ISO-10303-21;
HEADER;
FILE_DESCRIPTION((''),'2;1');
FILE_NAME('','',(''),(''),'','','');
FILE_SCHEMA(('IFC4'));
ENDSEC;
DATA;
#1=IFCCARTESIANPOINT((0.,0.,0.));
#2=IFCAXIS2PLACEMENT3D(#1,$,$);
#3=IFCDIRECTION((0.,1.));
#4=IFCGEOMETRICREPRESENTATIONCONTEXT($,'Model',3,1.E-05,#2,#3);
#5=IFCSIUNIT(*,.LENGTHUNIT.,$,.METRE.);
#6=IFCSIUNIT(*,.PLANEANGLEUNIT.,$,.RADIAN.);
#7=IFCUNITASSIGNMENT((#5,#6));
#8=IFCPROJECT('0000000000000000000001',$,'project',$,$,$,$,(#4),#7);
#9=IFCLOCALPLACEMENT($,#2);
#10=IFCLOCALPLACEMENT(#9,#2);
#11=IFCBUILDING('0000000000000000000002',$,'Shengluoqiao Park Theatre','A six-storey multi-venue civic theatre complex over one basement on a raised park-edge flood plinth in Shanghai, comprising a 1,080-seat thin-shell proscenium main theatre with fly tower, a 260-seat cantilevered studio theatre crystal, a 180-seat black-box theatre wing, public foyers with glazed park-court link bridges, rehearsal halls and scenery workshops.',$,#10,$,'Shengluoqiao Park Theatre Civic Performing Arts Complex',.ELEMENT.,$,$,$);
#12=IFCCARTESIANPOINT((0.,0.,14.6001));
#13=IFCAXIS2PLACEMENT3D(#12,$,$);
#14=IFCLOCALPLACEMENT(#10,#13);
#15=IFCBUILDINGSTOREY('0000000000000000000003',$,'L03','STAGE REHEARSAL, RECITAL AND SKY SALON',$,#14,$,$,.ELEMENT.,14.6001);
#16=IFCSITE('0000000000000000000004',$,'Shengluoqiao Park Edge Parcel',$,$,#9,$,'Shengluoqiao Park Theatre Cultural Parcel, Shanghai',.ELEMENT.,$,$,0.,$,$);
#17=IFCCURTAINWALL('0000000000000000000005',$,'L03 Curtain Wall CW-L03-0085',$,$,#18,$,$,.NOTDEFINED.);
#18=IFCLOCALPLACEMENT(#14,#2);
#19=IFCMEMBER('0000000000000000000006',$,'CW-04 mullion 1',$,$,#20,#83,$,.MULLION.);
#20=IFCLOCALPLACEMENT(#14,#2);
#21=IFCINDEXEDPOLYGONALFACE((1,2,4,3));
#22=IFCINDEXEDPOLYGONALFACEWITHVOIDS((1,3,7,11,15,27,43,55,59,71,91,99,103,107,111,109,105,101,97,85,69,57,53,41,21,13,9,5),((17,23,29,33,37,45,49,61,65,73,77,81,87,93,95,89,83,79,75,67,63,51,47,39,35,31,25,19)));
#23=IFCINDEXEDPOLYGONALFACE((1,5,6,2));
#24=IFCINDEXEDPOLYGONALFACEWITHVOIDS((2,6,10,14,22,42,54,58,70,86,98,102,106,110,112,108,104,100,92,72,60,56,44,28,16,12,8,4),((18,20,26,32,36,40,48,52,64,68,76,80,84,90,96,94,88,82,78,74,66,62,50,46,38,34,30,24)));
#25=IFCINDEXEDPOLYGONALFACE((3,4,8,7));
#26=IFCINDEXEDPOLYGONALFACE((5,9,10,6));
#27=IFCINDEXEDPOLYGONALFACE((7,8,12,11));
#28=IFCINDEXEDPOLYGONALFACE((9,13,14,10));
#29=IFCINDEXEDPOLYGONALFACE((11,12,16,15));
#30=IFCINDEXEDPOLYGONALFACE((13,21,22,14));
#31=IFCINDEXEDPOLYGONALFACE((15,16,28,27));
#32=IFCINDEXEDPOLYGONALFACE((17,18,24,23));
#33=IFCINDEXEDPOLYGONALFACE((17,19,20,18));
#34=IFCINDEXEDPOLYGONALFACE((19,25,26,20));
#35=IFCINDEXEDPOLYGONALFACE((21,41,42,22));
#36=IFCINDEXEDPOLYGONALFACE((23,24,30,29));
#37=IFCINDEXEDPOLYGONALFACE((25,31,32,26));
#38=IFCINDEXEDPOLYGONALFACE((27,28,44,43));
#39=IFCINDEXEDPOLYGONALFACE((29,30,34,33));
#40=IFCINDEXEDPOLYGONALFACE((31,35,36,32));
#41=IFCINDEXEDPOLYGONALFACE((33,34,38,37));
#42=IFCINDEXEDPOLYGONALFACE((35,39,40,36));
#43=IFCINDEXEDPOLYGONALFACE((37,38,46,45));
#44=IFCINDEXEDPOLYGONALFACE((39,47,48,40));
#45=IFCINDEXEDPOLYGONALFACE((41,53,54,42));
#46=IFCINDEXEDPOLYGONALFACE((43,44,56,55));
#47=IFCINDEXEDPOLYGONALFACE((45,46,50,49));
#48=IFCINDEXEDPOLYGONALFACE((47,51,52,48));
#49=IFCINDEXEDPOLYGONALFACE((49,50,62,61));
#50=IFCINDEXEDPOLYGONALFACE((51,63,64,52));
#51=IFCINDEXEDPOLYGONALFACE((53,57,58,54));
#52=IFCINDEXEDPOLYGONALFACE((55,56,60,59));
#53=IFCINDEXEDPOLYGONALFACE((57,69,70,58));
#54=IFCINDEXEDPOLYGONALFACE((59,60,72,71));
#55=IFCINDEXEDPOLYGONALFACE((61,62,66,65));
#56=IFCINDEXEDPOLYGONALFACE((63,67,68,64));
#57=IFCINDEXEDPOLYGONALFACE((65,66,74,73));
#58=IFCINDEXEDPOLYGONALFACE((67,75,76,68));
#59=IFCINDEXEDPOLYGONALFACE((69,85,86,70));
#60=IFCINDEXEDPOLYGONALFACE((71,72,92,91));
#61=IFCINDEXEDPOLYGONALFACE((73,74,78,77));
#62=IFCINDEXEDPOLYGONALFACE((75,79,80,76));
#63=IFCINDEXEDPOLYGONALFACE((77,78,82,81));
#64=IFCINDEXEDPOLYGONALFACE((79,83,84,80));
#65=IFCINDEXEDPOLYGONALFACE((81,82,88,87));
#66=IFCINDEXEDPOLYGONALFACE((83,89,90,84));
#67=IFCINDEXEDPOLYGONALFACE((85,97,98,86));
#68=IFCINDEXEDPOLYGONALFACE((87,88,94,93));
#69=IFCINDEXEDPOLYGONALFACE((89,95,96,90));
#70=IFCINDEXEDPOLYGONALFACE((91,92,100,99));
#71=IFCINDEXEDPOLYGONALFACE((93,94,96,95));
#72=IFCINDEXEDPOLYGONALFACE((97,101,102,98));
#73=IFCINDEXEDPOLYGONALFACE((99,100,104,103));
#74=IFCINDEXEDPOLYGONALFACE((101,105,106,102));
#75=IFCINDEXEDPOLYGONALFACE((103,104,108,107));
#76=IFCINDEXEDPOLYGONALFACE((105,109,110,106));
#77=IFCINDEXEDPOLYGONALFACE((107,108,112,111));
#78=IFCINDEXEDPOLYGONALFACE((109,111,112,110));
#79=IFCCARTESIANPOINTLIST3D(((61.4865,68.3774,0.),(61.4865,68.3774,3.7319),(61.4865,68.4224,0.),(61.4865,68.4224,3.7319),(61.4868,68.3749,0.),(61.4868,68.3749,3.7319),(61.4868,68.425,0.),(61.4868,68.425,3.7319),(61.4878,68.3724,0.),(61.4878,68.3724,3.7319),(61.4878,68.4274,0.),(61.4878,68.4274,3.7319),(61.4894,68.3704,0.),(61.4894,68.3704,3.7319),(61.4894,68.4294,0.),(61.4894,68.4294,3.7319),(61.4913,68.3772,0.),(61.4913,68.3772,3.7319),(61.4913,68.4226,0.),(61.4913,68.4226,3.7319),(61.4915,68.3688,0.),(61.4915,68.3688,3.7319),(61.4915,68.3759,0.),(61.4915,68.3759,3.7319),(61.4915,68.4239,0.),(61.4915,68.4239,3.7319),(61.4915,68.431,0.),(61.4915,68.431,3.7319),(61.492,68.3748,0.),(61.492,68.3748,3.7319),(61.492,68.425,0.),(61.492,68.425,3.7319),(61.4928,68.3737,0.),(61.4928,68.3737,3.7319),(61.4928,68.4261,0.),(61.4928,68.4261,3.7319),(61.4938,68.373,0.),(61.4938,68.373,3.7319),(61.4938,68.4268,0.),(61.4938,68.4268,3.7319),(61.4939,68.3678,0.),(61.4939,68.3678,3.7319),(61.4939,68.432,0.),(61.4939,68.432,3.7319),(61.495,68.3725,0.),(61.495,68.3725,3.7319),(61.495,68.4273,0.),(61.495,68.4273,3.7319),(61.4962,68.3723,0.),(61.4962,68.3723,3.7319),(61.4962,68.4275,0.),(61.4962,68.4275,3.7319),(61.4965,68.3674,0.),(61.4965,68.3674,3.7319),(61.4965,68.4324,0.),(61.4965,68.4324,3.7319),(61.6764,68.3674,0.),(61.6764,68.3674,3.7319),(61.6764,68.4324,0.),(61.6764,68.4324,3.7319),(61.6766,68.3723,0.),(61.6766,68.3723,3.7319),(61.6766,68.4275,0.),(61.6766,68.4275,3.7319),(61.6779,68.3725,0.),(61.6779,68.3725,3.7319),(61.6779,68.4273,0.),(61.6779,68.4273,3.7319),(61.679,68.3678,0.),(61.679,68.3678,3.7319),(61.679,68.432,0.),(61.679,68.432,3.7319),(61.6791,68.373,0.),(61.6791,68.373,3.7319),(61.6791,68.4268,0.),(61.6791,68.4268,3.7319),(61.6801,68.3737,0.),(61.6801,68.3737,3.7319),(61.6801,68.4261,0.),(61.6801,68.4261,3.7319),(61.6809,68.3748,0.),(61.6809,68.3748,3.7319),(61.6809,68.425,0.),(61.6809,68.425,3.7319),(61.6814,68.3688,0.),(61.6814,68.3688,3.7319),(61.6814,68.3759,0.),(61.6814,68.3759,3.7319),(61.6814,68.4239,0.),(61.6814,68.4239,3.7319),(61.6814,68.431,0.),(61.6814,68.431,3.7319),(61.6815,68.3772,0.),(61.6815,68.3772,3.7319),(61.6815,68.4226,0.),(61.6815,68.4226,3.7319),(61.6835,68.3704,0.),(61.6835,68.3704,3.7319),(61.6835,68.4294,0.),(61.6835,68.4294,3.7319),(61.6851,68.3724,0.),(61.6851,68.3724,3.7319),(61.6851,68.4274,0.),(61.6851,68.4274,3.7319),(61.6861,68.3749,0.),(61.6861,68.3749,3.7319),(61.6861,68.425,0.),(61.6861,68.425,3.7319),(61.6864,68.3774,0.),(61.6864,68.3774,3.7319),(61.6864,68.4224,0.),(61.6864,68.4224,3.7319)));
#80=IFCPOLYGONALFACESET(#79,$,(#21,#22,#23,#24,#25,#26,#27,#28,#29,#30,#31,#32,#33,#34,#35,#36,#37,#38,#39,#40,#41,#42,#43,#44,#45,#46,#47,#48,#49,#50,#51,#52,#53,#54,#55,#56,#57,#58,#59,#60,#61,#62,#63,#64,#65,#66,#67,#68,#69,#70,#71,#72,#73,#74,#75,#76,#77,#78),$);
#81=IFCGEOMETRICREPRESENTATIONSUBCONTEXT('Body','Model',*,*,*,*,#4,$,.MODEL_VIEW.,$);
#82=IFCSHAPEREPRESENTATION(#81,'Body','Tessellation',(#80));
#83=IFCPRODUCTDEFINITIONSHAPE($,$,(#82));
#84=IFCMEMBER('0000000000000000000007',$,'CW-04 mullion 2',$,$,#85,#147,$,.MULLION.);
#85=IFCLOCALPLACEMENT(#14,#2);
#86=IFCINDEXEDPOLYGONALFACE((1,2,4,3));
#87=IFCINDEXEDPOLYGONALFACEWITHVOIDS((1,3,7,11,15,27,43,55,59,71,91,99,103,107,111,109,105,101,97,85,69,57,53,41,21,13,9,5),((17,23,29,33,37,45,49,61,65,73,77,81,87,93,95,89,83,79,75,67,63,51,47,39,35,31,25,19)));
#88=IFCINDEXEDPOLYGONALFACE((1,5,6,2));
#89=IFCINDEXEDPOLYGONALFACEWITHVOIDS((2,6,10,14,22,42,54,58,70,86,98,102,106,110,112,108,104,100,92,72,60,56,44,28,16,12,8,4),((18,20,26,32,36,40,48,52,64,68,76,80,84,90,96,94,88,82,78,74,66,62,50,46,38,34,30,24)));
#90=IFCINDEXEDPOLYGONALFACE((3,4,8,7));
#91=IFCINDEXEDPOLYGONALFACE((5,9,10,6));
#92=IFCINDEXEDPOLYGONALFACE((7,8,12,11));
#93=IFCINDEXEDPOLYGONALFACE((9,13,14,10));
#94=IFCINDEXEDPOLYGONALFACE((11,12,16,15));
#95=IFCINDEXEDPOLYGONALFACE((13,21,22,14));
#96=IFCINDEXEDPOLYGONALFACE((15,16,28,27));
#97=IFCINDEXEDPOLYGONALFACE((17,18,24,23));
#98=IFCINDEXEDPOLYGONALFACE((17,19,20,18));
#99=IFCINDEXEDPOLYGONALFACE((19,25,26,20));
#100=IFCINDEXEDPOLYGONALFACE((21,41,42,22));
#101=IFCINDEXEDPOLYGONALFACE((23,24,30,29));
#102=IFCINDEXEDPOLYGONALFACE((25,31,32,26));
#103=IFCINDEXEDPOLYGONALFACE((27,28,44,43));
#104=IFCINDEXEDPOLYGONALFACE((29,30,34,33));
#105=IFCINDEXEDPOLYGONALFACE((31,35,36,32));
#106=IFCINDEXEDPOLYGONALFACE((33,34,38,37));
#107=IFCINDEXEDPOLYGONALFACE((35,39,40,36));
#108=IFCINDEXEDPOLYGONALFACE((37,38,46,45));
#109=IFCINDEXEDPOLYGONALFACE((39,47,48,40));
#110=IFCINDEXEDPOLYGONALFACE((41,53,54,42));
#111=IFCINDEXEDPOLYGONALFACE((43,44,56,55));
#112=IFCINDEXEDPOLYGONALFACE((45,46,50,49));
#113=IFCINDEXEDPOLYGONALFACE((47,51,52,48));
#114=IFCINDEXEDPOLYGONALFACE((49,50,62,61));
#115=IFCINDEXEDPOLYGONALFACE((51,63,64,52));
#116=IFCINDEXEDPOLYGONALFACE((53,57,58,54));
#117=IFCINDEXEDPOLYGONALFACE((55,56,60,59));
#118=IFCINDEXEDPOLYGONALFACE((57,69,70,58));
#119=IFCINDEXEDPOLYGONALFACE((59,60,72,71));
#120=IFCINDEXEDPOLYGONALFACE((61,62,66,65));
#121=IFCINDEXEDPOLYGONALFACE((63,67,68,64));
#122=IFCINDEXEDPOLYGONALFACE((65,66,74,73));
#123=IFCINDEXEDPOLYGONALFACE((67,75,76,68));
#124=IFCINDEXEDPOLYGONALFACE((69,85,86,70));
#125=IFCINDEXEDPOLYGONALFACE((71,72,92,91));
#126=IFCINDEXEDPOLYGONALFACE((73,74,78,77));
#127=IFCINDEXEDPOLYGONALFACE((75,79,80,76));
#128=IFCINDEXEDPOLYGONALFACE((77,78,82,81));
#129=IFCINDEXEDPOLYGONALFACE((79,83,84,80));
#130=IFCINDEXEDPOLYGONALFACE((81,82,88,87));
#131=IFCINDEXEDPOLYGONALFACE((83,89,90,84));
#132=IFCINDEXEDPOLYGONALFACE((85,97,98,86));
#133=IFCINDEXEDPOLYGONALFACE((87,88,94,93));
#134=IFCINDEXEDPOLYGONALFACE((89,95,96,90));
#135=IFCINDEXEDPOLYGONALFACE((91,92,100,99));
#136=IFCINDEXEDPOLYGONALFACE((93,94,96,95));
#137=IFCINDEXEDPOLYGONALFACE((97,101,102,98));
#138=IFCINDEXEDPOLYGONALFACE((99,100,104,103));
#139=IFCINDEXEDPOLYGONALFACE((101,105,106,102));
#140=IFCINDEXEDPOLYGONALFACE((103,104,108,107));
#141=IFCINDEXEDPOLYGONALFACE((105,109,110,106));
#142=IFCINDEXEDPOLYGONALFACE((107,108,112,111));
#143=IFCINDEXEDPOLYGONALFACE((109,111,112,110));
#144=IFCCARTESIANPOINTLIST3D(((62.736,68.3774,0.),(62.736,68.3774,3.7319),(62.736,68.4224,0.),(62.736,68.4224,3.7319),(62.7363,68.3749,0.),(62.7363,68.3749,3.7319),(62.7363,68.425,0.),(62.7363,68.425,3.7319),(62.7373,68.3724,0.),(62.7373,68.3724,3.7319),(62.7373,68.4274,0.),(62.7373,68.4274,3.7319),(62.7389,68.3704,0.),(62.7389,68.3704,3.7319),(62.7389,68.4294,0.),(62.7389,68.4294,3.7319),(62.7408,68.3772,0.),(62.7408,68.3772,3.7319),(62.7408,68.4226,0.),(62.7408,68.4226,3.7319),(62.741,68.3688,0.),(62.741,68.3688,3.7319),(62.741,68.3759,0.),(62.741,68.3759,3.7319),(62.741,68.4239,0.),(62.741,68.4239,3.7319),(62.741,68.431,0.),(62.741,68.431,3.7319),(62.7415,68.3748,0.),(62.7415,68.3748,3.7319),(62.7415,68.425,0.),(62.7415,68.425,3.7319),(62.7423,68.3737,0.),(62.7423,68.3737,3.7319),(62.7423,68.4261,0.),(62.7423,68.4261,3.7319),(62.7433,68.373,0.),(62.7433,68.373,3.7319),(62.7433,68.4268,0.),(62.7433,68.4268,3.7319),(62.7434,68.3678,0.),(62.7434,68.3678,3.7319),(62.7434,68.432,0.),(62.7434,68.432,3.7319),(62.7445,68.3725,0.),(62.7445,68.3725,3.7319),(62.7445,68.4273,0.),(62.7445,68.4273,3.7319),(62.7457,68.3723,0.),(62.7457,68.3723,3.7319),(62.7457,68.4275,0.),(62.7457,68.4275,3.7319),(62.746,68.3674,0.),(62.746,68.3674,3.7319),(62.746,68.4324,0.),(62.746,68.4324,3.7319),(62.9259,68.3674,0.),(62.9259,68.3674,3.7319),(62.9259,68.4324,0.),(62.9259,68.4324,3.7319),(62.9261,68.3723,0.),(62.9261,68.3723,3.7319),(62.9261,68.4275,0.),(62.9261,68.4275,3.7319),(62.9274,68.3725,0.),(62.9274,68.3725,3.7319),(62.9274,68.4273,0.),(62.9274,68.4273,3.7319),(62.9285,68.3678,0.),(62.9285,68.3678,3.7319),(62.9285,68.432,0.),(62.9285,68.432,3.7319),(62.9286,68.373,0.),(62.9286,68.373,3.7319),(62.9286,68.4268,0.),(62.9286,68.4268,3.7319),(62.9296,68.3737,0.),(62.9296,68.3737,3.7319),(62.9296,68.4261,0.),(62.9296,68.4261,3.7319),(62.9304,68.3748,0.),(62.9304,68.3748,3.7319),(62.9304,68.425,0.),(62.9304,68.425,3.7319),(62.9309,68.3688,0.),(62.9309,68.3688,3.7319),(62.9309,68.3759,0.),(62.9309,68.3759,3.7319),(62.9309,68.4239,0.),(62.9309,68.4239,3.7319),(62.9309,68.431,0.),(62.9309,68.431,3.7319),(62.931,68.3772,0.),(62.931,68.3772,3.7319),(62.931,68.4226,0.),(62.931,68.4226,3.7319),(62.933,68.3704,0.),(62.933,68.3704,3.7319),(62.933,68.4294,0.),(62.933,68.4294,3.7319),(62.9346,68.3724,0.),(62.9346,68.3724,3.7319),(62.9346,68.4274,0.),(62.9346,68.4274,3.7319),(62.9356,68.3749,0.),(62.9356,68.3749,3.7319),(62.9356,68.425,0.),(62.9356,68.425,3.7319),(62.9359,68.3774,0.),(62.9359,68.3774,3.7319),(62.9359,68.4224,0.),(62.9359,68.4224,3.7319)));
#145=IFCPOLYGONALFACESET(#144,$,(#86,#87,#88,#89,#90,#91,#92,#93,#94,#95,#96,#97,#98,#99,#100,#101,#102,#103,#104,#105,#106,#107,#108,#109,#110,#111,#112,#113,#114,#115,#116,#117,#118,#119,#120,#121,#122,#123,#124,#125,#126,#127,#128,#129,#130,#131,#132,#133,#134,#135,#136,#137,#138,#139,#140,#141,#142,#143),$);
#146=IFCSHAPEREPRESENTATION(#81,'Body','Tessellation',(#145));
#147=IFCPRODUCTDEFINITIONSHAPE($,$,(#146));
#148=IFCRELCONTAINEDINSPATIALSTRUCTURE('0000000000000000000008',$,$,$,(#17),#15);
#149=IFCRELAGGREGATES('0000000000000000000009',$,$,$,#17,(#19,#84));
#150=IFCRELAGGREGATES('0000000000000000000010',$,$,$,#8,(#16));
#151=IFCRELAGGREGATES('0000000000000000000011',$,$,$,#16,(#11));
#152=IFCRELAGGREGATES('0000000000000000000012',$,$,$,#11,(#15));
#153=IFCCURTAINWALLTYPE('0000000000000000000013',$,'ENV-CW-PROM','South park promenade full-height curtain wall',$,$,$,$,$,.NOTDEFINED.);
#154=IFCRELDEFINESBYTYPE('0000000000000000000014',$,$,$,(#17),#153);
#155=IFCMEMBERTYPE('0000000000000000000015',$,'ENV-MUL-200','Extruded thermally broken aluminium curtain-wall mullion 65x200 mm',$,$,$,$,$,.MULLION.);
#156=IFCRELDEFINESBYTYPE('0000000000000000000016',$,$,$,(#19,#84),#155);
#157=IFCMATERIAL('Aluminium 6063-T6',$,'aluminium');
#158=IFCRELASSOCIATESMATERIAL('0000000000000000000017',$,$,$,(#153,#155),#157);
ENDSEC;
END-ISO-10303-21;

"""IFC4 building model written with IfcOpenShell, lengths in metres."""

from ifc_helpers import new_model, si_unit, direction, frame, origin, origin_2d, place, context, subcontext, project, spatial, hollow_rectangle, extrude, material, material_profile, profile_set, type_object, element, aggregate, save


model = new_model("IFC4")

# Units and contexts
model_context = context("Model", 3, precision=1e-05, world=origin(), true_north=direction((0.0, 1.0)))
body_context = subcontext(model_context, "Body", "Model", "MODEL_VIEW")
ifc_project = project(units=[si_unit("LENGTHUNIT", "METRE"), si_unit("PLANEANGLEUNIT", "RADIAN")], contexts=[model_context])

# Site, building, storey
site_placement = place(None, origin())
site = spatial("IfcSite", under=ifc_project, at=site_placement, Name="Shengluoqiao Park Edge Parcel", LongName="Shengluoqiao Park Theatre Cultural Parcel, Shanghai", CompositionType="ELEMENT", RefElevation=0.0)
building_placement = place(site_placement, origin())
building = spatial("IfcBuilding", under=site, at=building_placement, Name="Shengluoqiao Park Theatre", Description="A six-storey multi-venue civic theatre complex over one basement on a raised park-edge flood plinth in Shanghai, comprising a 1,080-seat thin-shell proscenium main theatre with fly tower, a 260-seat cantilevered studio theatre crystal, a 180-seat black-box theatre wing, public foyers with glazed park-court link bridges, rehearsal halls and scenery workshops.", LongName="Shengluoqiao Park Theatre Civic Performing Arts Complex", CompositionType="ELEMENT")
storey_placement = place(building_placement, frame((0.0, 0.0, 14.6001)))
storey = spatial("IfcBuildingStorey", under=building, at=storey_placement, Name="L03", Description="STAGE REHEARSAL, RECITAL AND SKY SALON", CompositionType="ELEMENT", Elevation=14.6001)

# Curtain wall, members
ifc_material_1 = material(Name="Aluminium 6063-T6", Category="aluminium")
curtain_wall_type = type_object("IfcCurtainWallType", Name="ENV-CW-PROM", Description="South park promenade full-height curtain wall", PredefinedType="NOTDEFINED", material=ifc_material_1)
ifc_material_profile_1 = material_profile(ifc_material_1, hollow_rectangle(XDim=0.0649, YDim=0.2, WallThickness=0.0049, InnerFilletRadius=0.0049, OuterFilletRadius=0.01, at=origin_2d()), Name="ALU MULLION 200x65x5")
ifc_profile_set_1 = profile_set([ifc_material_profile_1], Name="Aluminium 6063-T6")
member_type_1 = type_object("IfcMemberType", Name="ENV-MUL-200", Description="Extruded thermally broken aluminium curtain-wall mullion 65x200 mm", PredefinedType="MULLION", material=ifc_profile_set_1)
curtain_wall_1_placement = place(storey_placement, origin())
curtain_wall_1 = element("IfcCurtainWall", 1, at=curtain_wall_1_placement, inside=storey, type_object=curtain_wall_type, Name="L03 Curtain Wall CW-L03-0085", PredefinedType="NOTDEFINED")
member_1_placement = place(storey_placement, frame((61.5864, 68.3999, 0.0), z_axis=(0.0, 0.0, 1.0), x_axis=(0.0, 1.0, 0.0)))
member_1 = element("IfcMember", 2, at=member_1_placement, type_object=member_type_1, Name="CW-04 mullion 1", PredefinedType="MULLION", context=body_context, shape_type="SweptSolid", body=[
    extrude(hollow_rectangle(XDim=0.0649, YDim=0.2, WallThickness=0.0049, InnerFilletRadius=0.0049, OuterFilletRadius=0.01, at=origin_2d()), origin(), (0.0, 0.0, 1.0), 3.7319),
])
member_2_placement = place(storey_placement, frame((62.8359, 68.3999, 0.0), z_axis=(0.0, 0.0, 1.0), x_axis=(0.0, 1.0, 0.0)))
member_2 = element("IfcMember", 3, at=member_2_placement, type_object=member_type_1, Name="CW-04 mullion 2", PredefinedType="MULLION", context=body_context, shape_type="SweptSolid", body=[
    extrude(hollow_rectangle(XDim=0.0649, YDim=0.2, WallThickness=0.0049, InnerFilletRadius=0.0049, OuterFilletRadius=0.01, at=origin_2d()), origin(), (0.0, 0.0, 1.0), 3.7319),
])

aggregate(curtain_wall_1, [member_1, member_2])

save(model, "model.ifc")
